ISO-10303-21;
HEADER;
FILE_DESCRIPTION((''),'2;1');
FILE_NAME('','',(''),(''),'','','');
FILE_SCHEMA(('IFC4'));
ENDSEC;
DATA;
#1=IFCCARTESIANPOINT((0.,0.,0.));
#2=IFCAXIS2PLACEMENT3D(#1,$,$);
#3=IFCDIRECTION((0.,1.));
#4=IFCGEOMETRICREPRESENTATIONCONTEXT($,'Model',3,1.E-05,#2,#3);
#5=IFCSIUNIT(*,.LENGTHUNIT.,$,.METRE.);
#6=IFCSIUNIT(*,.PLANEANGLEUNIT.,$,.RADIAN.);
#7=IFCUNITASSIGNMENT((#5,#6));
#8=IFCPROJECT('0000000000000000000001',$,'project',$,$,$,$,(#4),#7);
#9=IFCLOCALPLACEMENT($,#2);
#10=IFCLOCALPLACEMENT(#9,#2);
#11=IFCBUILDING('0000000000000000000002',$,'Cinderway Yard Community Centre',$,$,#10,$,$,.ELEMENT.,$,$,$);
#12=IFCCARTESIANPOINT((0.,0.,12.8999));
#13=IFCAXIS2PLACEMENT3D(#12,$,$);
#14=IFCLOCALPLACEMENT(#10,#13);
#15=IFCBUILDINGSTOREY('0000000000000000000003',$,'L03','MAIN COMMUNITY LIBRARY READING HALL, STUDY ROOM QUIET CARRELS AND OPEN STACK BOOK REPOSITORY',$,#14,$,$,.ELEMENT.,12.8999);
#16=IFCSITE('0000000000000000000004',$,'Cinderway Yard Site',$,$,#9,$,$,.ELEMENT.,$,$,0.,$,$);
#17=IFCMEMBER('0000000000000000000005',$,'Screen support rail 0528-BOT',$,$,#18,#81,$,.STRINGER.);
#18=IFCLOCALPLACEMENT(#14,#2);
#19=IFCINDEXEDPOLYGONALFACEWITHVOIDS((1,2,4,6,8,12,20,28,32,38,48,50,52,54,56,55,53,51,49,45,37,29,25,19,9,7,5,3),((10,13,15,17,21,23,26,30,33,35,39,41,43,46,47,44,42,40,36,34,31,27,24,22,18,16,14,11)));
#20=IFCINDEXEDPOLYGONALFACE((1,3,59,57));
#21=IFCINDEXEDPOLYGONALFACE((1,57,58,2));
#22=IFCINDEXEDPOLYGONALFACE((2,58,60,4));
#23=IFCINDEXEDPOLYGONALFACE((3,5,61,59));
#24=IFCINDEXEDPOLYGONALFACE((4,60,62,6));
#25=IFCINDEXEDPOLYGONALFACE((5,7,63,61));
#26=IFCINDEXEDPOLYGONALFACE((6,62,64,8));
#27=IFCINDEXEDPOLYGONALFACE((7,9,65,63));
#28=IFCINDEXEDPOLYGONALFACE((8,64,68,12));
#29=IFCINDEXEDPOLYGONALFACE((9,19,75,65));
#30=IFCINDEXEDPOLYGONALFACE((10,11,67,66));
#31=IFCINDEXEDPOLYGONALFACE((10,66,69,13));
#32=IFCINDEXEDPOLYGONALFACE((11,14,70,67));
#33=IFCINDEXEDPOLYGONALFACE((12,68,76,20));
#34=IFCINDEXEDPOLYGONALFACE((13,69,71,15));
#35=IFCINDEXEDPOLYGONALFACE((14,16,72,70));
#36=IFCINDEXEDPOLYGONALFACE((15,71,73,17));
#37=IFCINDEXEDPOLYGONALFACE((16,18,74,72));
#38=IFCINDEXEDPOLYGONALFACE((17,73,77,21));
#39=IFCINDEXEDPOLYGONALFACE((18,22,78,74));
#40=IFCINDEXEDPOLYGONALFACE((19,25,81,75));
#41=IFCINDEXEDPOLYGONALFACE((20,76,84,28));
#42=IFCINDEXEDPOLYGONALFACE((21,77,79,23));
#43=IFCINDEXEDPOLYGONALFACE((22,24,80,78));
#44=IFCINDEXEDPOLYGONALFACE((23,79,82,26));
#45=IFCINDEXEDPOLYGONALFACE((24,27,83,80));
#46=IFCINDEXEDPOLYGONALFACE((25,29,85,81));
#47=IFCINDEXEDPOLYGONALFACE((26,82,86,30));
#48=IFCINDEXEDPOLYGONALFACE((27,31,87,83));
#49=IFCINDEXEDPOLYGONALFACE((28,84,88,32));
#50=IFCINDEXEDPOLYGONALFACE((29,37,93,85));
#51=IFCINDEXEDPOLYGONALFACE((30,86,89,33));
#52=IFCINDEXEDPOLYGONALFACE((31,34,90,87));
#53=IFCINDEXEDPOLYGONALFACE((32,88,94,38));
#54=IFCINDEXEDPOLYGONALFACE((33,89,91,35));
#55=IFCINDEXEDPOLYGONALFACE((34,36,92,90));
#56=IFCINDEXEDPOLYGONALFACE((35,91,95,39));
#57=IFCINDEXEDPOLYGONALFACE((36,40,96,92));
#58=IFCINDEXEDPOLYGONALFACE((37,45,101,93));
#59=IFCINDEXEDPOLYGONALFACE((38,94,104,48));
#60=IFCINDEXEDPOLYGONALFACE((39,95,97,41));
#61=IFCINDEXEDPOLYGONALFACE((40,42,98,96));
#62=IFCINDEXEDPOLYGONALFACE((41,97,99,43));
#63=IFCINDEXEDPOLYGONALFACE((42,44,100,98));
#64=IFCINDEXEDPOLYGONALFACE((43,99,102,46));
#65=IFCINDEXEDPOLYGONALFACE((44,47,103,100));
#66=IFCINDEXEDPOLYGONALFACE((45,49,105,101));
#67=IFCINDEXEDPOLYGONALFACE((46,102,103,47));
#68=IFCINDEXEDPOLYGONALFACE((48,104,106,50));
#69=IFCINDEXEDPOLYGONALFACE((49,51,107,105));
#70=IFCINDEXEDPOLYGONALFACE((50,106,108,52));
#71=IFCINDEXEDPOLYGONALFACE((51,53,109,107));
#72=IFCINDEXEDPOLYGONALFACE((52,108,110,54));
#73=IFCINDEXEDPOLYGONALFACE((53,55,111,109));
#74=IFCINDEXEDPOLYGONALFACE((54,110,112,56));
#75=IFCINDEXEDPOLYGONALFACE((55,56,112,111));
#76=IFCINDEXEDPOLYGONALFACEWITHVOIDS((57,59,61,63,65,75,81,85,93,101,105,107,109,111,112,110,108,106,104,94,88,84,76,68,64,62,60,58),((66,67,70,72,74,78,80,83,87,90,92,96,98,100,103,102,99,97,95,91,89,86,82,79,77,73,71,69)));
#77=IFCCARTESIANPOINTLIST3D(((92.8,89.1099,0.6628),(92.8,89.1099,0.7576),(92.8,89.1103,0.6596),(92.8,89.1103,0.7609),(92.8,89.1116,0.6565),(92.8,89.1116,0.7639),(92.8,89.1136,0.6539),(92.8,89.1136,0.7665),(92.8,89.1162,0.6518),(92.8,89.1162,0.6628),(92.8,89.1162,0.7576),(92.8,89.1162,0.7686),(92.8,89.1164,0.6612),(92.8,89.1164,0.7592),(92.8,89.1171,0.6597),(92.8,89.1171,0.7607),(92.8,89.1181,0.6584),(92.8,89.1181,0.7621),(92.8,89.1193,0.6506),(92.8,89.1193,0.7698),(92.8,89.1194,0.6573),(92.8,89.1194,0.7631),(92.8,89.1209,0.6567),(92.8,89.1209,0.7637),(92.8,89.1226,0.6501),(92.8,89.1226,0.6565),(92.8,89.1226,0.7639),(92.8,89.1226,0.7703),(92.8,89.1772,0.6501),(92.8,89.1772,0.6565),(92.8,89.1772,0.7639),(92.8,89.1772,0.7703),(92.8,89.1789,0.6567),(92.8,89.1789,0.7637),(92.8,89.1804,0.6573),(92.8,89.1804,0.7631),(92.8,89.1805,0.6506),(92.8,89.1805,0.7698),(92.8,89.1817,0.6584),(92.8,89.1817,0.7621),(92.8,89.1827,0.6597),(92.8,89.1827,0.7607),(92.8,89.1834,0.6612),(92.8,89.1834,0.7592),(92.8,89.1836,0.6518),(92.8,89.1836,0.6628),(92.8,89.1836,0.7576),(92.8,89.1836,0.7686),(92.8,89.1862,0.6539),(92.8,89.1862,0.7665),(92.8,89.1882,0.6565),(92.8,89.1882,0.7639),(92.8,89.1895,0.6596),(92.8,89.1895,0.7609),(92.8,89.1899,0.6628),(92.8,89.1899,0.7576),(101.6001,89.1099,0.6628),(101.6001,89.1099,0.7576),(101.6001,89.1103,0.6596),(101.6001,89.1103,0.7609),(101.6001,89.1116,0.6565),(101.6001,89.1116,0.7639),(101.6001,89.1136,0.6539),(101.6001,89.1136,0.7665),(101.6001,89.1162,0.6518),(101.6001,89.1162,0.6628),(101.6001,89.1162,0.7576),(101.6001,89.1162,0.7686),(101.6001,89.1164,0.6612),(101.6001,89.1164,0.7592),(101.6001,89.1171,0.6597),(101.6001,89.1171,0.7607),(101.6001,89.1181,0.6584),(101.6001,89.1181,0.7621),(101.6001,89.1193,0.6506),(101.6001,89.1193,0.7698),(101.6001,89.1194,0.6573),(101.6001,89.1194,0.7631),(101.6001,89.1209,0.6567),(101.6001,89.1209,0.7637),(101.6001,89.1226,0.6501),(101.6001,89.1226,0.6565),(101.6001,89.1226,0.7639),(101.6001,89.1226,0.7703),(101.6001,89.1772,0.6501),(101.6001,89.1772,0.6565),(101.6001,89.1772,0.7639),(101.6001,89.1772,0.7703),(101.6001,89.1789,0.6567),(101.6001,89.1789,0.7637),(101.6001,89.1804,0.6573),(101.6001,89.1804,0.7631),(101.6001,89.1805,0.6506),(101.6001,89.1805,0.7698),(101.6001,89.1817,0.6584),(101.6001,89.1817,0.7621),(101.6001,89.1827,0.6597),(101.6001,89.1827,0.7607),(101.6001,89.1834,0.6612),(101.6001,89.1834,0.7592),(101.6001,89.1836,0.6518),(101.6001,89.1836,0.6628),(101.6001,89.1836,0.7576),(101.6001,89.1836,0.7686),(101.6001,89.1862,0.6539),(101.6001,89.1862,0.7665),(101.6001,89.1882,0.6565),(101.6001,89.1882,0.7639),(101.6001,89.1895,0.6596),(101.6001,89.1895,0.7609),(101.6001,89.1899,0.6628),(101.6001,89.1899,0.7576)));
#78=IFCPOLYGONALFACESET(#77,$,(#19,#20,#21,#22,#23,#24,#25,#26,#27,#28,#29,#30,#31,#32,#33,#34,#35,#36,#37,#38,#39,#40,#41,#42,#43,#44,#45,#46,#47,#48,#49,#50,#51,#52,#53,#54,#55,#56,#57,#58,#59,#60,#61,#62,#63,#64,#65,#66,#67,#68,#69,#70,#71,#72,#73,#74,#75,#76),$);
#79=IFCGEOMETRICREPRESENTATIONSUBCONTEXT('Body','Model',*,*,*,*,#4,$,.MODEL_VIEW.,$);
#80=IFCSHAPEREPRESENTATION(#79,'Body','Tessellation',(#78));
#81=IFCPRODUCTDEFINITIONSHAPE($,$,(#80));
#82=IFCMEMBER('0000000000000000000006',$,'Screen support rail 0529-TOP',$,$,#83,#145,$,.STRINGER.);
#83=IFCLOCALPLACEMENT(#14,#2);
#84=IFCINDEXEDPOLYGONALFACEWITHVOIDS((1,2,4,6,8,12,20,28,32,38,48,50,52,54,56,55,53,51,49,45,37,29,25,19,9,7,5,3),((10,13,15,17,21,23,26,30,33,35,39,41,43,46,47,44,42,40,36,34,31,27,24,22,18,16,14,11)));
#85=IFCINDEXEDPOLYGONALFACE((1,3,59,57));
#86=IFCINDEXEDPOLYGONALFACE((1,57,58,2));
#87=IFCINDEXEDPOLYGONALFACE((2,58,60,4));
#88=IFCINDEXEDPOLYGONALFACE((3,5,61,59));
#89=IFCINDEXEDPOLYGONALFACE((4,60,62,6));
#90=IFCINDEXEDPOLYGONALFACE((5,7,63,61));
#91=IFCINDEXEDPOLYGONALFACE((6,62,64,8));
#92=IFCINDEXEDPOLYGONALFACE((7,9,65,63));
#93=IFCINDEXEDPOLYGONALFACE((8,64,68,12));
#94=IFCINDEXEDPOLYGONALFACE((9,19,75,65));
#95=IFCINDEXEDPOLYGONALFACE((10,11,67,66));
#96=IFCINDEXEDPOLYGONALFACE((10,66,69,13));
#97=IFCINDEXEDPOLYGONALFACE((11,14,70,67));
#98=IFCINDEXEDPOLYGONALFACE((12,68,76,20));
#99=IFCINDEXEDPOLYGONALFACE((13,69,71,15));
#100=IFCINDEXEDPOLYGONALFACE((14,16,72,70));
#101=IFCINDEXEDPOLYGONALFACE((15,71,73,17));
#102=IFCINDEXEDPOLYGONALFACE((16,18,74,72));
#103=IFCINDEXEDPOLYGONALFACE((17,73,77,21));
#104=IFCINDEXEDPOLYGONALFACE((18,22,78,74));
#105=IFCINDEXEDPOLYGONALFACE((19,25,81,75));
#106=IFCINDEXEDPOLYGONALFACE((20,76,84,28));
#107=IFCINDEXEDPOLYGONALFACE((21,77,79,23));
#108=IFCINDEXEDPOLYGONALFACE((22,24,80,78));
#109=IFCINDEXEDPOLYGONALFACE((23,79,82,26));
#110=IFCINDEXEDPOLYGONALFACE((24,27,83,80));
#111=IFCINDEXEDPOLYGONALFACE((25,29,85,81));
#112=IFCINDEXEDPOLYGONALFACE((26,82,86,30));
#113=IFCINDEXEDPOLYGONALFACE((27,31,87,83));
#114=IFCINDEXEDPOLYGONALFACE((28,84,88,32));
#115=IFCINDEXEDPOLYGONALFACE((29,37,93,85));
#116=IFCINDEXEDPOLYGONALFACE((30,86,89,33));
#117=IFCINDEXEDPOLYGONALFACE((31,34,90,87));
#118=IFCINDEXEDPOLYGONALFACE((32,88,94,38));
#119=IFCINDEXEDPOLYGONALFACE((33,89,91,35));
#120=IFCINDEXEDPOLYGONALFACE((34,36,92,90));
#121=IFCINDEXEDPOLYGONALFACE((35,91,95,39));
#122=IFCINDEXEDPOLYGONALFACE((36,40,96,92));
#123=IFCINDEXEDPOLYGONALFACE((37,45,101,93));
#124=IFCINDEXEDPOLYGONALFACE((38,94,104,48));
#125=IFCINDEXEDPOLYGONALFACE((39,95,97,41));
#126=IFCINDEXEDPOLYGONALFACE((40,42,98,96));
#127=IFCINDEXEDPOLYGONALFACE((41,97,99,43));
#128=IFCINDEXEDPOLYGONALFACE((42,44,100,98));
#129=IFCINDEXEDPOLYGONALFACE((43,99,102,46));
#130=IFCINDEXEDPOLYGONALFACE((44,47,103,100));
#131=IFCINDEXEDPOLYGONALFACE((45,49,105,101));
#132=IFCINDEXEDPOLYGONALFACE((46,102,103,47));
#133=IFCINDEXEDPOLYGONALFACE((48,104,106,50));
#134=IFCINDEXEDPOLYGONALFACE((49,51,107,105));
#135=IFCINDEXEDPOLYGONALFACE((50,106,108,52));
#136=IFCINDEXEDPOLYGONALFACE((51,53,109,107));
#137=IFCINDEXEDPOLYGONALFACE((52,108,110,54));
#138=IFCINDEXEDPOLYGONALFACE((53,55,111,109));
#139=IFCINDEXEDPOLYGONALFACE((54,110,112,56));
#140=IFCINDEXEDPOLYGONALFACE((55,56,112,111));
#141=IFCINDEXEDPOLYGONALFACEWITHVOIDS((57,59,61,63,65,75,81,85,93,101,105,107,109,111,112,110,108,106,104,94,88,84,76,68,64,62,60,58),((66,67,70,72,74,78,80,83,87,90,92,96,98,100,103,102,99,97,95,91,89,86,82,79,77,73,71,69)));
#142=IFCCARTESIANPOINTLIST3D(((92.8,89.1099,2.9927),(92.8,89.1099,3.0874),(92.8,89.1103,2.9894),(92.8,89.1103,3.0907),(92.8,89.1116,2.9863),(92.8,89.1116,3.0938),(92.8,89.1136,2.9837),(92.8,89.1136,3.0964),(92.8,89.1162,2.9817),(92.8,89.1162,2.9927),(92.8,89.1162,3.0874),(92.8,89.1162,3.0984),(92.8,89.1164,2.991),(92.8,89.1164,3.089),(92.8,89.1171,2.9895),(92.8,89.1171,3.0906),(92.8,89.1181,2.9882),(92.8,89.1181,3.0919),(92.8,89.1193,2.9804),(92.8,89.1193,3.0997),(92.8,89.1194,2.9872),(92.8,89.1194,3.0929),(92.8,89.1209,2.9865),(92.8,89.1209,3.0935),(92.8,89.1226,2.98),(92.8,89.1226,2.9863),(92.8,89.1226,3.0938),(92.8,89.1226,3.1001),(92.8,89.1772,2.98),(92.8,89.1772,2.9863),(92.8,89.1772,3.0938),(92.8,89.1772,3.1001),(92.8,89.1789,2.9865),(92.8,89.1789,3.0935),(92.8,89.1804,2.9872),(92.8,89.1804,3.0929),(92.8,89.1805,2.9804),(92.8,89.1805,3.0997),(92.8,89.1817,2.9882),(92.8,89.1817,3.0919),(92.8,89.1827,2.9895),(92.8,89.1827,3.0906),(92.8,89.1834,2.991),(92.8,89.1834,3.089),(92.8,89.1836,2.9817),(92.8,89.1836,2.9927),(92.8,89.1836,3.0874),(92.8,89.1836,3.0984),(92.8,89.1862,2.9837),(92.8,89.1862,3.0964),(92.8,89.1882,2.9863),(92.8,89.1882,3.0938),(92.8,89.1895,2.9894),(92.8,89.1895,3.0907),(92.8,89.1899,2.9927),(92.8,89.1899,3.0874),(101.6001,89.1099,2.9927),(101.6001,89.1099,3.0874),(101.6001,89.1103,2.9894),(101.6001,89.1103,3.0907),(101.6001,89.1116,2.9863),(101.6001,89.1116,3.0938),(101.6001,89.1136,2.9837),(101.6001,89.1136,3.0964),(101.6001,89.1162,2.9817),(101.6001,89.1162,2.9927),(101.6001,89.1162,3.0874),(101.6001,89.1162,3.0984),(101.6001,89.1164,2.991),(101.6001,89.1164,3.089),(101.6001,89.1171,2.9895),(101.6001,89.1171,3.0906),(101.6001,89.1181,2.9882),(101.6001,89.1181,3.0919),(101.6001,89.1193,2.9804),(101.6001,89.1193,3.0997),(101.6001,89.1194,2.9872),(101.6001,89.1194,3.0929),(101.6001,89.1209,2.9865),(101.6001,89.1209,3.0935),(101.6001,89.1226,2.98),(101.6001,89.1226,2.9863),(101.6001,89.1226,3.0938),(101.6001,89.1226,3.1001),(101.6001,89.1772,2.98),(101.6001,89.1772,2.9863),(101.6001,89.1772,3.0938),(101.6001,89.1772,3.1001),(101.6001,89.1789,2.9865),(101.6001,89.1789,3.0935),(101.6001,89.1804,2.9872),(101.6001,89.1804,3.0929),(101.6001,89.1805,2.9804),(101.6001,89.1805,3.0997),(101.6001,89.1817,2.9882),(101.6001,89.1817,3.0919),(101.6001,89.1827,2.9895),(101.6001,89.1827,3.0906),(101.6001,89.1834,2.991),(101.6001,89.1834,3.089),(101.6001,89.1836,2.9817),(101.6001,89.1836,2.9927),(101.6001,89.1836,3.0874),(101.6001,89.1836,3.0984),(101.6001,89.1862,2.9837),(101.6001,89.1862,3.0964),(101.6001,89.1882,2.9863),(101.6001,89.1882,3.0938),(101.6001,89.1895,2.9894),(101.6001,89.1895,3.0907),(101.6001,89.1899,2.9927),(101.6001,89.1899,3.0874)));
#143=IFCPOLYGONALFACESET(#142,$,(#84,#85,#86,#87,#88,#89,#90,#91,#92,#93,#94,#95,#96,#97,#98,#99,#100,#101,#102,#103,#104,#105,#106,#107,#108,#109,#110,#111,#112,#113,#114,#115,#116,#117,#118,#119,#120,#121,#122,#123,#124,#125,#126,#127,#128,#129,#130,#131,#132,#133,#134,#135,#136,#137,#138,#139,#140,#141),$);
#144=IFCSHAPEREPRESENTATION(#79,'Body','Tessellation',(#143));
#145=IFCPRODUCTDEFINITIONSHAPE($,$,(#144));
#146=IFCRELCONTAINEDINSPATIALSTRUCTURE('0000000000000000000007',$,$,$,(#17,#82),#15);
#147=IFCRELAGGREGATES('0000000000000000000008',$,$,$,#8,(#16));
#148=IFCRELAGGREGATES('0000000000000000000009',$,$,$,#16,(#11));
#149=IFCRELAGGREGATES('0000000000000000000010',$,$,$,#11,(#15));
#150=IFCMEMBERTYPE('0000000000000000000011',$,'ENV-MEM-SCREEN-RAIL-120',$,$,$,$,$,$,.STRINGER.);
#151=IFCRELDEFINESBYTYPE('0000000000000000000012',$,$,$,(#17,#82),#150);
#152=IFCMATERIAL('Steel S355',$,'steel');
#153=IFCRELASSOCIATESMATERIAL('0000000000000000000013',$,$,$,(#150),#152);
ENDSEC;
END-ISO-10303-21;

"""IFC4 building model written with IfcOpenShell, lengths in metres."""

from ifc_helpers import new_model, si_unit, direction, frame, origin, origin_2d, place, context, subcontext, project, spatial, hollow_rectangle, extrude, material, material_profile, profile_set, type_object, element, save


model = new_model("IFC4")

# Units and contexts
model_context = context("Model", 3, precision=1e-05, world=origin(), true_north=direction((0.0, 1.0)))
body_context = subcontext(model_context, "Body", "Model", "MODEL_VIEW")
ifc_project = project(units=[si_unit("LENGTHUNIT", "METRE"), si_unit("PLANEANGLEUNIT", "RADIAN")], contexts=[model_context])

# Site, building, storey
site_placement = place(None, origin())
site = spatial("IfcSite", under=ifc_project, at=site_placement, Name="Cinderway Yard Site", CompositionType="ELEMENT", RefElevation=0.0)
building_placement = place(site_placement, origin())
building = spatial("IfcBuilding", under=site, at=building_placement, Name="Cinderway Yard Community Centre", CompositionType="ELEMENT")
storey_placement = place(building_placement, frame((0.0, 0.0, 12.8999)))
storey = spatial("IfcBuildingStorey", under=building, at=storey_placement, Name="L03", Description="MAIN COMMUNITY LIBRARY READING HALL, STUDY ROOM QUIET CARRELS AND OPEN STACK BOOK REPOSITORY", CompositionType="ELEMENT", Elevation=12.8999)

# Members
ifc_material_1 = material(Name="Steel S355", Category="steel")
ifc_material_profile = material_profile(ifc_material_1, hollow_rectangle(XDim=0.0801, YDim=0.1201, WallThickness=0.0063, InnerFilletRadius=0.0063, OuterFilletRadius=0.0127, at=origin_2d()), Name="Steel S355")
ifc_profile_set = profile_set([ifc_material_profile], Name="Steel S355")
member_type = type_object("IfcMemberType", Name="ENV-MEM-SCREEN-RAIL-120", PredefinedType="STRINGER", material=ifc_profile_set)
for number, where, z_axis, x_axis, name in (
    (1, (92.8, 89.1499, 0.7102), (1.0, 0.0, 0.0), (0.0, 1.0, 0.0), "Screen support rail 0528-BOT"),
    (2, (92.8, 89.1499, 3.04), (1.0, 0.0, 0.0), (0.0, 1.0, 0.0), "Screen support rail 0529-TOP"),
):
    element("IfcMember", number, at=place(storey_placement, frame(where, z_axis=z_axis, x_axis=x_axis)), inside=storey, type_object=member_type, Name=name, PredefinedType="STRINGER", context=body_context, shape_type="SweptSolid", body=[
        extrude(hollow_rectangle(XDim=0.0801, YDim=0.1201, WallThickness=0.0063, InnerFilletRadius=0.0063, OuterFilletRadius=0.0127, at=origin_2d()), origin(), (0.0, 0.0, 1.0), 8.8),
    ])

save(model, "model.ifc")
